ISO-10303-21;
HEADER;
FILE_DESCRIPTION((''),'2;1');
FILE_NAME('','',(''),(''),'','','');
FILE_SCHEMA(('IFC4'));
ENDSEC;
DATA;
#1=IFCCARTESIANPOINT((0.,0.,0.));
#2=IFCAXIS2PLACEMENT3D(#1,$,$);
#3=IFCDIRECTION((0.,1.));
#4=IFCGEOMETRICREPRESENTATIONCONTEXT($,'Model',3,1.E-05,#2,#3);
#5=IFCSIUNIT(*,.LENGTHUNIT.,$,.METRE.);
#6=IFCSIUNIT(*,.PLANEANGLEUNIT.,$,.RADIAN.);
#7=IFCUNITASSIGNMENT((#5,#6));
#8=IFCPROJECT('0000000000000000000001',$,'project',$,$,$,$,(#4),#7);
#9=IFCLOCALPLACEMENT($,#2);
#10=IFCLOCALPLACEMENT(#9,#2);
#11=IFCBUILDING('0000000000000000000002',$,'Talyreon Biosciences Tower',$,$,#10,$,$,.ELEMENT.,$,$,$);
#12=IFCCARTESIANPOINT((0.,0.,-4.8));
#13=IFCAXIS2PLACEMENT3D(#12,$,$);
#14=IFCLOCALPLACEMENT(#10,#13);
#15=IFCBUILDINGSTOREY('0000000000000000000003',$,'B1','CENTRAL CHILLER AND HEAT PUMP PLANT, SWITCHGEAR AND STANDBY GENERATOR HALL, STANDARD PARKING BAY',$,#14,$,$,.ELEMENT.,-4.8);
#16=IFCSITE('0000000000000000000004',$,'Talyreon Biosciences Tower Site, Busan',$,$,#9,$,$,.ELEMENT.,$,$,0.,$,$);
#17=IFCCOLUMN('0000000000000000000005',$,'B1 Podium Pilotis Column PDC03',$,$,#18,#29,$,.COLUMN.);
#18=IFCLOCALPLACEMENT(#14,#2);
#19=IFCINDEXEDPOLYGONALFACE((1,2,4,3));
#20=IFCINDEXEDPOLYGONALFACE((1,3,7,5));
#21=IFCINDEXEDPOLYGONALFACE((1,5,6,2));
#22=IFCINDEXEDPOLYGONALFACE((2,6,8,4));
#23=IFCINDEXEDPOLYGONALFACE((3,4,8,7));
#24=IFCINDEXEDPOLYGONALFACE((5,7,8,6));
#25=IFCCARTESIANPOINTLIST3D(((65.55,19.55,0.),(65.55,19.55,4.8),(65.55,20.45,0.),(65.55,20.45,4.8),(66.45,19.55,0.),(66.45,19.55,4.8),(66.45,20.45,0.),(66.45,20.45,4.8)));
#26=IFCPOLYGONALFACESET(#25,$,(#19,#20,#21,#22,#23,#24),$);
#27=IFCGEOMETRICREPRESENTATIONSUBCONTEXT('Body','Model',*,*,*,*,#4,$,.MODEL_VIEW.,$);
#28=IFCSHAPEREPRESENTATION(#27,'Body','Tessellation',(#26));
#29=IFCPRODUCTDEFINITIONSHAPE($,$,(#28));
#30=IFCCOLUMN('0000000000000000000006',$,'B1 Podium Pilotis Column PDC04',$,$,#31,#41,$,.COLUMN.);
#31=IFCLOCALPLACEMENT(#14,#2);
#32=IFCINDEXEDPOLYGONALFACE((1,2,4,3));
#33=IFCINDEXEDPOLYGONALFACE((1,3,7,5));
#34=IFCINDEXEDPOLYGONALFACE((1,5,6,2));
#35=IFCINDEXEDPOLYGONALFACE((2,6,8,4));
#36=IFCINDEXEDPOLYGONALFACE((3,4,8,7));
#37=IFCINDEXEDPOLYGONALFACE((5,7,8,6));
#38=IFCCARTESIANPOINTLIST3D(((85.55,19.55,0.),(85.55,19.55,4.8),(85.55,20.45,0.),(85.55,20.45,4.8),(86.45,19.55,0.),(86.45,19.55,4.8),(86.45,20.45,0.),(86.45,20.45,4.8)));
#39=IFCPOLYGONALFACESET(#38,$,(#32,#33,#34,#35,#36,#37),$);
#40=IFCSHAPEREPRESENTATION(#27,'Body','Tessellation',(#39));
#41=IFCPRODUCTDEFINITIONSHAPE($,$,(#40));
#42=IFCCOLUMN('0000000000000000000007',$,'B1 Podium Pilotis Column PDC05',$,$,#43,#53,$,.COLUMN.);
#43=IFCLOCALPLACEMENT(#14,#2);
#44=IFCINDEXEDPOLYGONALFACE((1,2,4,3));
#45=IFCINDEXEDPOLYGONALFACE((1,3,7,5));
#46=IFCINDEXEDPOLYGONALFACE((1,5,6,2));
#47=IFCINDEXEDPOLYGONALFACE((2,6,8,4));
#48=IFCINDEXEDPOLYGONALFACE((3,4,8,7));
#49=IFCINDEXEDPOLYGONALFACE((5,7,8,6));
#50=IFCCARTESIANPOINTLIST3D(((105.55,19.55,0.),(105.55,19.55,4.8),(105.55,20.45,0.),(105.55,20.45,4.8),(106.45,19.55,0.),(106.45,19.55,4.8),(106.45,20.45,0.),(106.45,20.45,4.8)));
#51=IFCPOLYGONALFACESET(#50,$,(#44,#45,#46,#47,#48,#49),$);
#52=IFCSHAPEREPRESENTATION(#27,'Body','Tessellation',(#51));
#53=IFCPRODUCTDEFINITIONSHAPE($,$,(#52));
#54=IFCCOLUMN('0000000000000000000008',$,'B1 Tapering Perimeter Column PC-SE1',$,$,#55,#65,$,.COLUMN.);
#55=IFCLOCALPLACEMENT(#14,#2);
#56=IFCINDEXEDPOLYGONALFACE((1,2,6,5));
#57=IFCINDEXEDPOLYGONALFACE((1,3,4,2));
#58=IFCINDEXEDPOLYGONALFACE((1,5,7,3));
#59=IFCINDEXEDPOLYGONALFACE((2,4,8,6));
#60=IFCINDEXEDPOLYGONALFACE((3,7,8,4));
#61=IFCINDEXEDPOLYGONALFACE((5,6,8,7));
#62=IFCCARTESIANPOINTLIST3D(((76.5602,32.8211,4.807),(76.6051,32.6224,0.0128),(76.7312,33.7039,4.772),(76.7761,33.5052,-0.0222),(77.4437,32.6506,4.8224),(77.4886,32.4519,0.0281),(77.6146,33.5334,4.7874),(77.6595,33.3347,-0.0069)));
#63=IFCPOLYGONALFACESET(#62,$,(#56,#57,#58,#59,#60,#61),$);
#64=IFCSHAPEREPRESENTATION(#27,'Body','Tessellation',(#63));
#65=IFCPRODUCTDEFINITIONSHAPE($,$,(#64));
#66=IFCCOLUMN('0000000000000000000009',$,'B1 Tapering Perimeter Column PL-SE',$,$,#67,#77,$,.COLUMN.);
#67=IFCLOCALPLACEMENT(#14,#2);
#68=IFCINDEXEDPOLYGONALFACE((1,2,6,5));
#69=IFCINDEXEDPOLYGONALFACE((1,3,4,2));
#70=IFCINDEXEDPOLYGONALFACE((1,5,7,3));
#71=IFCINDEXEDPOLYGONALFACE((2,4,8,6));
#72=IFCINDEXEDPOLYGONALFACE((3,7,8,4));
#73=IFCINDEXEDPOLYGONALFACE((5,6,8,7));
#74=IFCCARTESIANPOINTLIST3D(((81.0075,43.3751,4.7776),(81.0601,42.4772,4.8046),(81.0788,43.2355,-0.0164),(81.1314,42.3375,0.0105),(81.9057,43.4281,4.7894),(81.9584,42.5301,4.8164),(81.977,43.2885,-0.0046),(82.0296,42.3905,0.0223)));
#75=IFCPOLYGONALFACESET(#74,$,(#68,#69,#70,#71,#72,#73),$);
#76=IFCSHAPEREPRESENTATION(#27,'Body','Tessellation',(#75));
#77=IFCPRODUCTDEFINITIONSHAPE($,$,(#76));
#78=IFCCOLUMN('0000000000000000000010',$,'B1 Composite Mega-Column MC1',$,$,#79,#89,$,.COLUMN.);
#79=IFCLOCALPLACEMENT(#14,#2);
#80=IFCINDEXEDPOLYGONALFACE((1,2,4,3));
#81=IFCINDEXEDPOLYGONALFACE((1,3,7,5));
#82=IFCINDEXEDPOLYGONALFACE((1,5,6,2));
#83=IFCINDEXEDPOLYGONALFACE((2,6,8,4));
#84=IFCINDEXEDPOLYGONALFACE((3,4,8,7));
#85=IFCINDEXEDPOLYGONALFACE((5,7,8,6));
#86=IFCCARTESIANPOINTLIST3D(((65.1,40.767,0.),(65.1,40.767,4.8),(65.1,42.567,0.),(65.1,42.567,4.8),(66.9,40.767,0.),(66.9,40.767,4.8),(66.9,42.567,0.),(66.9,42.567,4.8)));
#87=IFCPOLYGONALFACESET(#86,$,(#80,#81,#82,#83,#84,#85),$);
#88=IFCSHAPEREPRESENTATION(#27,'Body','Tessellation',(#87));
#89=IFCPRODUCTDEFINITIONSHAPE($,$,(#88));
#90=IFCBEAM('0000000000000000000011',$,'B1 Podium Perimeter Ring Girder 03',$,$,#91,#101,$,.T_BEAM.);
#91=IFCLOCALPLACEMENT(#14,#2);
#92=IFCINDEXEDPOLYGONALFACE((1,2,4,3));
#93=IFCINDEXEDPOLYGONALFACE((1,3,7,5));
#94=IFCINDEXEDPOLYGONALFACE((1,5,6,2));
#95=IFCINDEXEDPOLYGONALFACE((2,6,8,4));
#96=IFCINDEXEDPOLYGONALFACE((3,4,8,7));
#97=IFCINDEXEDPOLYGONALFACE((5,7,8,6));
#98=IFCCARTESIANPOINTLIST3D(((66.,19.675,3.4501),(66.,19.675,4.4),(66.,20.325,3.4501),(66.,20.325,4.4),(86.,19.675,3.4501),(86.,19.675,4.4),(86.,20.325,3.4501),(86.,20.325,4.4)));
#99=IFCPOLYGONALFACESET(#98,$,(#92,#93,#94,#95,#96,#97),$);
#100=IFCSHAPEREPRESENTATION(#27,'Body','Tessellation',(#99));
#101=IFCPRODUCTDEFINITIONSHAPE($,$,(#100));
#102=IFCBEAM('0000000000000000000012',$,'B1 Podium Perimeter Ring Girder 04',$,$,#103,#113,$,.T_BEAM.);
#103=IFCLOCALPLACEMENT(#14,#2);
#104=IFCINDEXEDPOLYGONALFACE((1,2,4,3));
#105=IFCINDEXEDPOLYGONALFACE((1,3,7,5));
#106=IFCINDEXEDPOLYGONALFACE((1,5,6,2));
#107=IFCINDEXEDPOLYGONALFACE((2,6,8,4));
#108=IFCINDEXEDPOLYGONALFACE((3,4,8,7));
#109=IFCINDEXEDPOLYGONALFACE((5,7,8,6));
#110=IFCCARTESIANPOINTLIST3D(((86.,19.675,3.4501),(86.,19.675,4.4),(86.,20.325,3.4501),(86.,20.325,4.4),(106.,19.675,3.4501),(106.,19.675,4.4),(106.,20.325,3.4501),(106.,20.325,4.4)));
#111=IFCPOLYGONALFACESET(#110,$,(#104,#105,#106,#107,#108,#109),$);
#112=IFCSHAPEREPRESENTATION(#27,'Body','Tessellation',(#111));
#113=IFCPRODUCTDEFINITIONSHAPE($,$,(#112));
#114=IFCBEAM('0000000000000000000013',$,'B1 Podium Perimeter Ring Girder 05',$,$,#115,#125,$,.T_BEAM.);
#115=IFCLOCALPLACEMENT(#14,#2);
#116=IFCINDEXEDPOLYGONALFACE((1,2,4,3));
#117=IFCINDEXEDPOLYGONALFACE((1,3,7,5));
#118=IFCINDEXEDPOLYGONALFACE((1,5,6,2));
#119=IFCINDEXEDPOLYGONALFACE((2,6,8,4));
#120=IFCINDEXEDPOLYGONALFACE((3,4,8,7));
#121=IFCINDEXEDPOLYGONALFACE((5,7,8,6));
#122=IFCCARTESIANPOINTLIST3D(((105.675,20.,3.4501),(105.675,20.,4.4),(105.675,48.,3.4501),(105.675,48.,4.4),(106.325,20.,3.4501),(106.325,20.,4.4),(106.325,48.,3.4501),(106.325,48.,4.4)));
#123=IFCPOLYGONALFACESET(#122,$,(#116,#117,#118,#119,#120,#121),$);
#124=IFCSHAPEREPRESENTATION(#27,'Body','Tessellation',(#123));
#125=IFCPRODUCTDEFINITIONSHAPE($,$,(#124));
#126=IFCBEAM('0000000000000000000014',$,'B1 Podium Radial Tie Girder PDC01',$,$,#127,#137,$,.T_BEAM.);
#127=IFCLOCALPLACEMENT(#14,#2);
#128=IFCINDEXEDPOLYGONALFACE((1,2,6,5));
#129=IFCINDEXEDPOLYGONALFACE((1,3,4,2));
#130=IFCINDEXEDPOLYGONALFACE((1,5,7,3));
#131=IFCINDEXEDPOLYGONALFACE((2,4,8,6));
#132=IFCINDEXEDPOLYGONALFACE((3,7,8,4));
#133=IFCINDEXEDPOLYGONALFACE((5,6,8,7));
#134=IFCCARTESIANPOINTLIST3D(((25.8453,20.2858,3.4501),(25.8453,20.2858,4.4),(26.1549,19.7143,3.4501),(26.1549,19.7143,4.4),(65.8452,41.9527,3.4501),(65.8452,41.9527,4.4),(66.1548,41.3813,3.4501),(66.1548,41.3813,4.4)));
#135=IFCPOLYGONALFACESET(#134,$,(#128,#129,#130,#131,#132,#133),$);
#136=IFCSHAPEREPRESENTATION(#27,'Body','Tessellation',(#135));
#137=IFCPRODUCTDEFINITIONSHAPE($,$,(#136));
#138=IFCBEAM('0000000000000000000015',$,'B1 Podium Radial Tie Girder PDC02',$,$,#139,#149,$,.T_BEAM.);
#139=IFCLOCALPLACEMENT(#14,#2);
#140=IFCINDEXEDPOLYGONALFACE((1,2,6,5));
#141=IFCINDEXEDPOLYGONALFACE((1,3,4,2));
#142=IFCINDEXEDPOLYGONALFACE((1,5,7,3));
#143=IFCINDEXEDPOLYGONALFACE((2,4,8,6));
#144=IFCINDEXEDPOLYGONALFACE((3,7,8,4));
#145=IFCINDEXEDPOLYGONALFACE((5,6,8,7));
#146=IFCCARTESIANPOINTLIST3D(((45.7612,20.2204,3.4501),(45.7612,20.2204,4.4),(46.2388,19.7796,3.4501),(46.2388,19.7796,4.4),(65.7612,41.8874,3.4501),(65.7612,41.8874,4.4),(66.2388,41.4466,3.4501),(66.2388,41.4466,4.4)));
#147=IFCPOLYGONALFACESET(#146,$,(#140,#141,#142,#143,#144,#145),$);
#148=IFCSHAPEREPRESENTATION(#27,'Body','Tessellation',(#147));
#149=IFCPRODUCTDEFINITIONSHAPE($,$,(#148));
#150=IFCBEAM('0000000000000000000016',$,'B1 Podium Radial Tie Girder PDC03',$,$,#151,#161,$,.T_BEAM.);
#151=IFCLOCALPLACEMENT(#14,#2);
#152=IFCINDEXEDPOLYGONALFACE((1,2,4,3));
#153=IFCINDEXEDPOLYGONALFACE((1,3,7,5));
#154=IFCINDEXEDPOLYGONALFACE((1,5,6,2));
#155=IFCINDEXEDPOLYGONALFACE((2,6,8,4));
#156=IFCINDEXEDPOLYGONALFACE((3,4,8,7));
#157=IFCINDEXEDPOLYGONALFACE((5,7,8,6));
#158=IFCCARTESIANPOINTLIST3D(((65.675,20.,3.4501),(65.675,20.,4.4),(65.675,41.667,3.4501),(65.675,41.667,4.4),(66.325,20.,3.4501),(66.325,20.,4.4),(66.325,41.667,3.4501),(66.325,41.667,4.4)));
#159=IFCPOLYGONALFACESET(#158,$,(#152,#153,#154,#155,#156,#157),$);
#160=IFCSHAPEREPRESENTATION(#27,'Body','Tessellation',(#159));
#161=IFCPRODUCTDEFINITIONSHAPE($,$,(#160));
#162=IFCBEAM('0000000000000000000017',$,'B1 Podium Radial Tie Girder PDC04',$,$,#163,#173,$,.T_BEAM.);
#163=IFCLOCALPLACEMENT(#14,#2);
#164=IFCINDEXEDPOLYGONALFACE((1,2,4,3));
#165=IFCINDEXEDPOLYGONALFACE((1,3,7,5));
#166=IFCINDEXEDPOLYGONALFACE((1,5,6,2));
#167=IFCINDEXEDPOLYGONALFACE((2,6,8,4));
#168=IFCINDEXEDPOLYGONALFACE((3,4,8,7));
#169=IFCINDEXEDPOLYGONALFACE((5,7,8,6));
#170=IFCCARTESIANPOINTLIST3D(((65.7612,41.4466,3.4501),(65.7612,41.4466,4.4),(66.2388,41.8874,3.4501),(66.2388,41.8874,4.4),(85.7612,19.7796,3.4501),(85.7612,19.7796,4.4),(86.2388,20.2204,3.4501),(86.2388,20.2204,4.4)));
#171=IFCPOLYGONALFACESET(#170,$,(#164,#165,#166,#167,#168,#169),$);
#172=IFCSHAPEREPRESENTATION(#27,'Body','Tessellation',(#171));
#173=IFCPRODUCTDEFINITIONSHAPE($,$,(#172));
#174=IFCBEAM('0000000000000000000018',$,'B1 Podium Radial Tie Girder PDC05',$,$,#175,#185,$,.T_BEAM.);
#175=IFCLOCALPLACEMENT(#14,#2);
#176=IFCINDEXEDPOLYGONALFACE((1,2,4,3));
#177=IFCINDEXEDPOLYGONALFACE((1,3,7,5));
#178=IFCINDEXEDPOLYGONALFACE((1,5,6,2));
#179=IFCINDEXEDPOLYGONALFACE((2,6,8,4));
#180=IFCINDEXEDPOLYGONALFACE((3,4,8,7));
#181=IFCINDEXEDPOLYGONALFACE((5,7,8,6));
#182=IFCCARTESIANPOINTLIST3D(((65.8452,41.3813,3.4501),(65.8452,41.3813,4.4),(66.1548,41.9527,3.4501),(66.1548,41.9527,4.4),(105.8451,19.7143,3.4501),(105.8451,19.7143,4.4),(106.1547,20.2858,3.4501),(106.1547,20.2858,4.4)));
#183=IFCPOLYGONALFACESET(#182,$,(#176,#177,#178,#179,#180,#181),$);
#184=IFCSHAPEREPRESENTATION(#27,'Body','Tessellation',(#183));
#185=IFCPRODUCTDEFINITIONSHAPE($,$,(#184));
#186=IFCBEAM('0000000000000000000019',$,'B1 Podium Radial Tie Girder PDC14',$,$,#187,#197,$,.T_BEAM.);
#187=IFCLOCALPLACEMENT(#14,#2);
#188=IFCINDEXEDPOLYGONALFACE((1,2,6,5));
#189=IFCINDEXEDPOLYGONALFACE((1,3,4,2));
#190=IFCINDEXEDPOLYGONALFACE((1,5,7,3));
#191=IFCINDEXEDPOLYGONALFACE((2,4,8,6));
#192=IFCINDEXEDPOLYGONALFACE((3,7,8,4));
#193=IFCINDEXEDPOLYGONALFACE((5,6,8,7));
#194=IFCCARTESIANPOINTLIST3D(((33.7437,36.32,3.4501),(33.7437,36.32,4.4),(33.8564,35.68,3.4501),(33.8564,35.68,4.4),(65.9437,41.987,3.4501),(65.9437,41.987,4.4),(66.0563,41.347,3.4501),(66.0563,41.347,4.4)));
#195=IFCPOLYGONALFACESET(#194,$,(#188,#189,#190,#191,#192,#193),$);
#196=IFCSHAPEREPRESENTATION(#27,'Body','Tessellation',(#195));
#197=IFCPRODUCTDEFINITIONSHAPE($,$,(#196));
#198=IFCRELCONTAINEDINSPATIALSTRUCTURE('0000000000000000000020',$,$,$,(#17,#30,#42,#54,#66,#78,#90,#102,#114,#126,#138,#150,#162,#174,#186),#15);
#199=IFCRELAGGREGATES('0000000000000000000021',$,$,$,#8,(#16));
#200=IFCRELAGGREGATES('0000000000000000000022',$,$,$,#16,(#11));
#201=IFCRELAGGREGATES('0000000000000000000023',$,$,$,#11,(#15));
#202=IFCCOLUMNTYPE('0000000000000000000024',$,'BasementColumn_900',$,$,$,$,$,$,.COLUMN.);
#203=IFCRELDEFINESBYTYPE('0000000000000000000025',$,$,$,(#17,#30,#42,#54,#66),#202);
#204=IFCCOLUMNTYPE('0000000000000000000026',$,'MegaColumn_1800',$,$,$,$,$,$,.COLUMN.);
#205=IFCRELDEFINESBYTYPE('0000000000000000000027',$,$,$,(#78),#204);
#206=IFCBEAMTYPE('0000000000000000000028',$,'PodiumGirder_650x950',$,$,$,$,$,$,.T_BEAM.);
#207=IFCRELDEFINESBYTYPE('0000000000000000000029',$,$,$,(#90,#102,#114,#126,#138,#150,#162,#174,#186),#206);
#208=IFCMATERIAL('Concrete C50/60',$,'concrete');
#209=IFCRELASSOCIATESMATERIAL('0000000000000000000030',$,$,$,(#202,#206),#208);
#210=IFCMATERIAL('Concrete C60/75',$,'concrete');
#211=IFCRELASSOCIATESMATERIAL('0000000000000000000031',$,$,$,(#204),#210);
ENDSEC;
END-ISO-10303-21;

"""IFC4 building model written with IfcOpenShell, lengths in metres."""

from ifc_helpers import new_model, si_unit, direction, frame, origin, origin_2d, place, context, subcontext, project, spatial, rectangle, extrude, material, material_profile, profile_set, type_object, element, save


model = new_model("IFC4")

# Units and contexts
model_context = context("Model", 3, precision=1e-05, world=origin(), true_north=direction((0.0, 1.0)))
body_context = subcontext(model_context, "Body", "Model", "MODEL_VIEW")
ifc_project = project(units=[si_unit("LENGTHUNIT", "METRE"), si_unit("PLANEANGLEUNIT", "RADIAN")], contexts=[model_context])

# Site, building, storey
site_placement = place(None, origin())
site = spatial("IfcSite", under=ifc_project, at=site_placement, Name="Talyreon Biosciences Tower Site, Busan", CompositionType="ELEMENT", RefElevation=0.0)
building_placement = place(site_placement, origin())
building = spatial("IfcBuilding", under=site, at=building_placement, Name="Talyreon Biosciences Tower", CompositionType="ELEMENT")
storey_placement = place(building_placement, frame((0.0, 0.0, -4.8)))
storey = spatial("IfcBuildingStorey", under=building, at=storey_placement, Name="B1", Description="CENTRAL CHILLER AND HEAT PUMP PLANT, SWITCHGEAR AND STANDBY GENERATOR HALL, STANDARD PARKING BAY", CompositionType="ELEMENT", Elevation=-4.8)

# Columns
ifc_material_1 = material(Name="Concrete C50/60", Category="concrete")
ifc_material_profile_1 = material_profile(ifc_material_1, rectangle(XDim=0.8999, YDim=0.8999, at=origin_2d()), Name="RC 900x900")
ifc_profile_set_1 = profile_set([ifc_material_profile_1], Name="Concrete C50/60")
column_type_1 = type_object("IfcColumnType", Name="BasementColumn_900", PredefinedType="COLUMN", material=ifc_profile_set_1)
for number, where, z_axis, x_axis, name in (
    (1, (66.0, 20.0, 0.0), (0.0, 0.0, 1.0), (1.0, 0.0, 0.0), "B1 Podium Pilotis Column PDC03"),
    (2, (86.0, 20.0, 0.0), (0.0, 0.0, 1.0), (1.0, 0.0, 0.0), "B1 Podium Pilotis Column PDC04"),
    (3, (106.0, 20.0, 0.0), (0.0, 0.0, 1.0), (1.0, 0.0, 0.0), "B1 Podium Pilotis Column PDC05"),
):
    element("IfcColumn", number, at=place(storey_placement, frame(where, z_axis=z_axis, x_axis=x_axis)), inside=storey, type_object=column_type_1, Name=name, PredefinedType="COLUMN", context=body_context, shape_type="SweptSolid", body=[
        extrude(rectangle(XDim=0.8999, YDim=0.8999, at=origin_2d()), origin(), (0.0, 0.0, 1.0), 4.8),
    ])
column_1_placement = place(storey_placement, frame((77.1323, 32.9785, 0.0029), z_axis=(-0.009362, 0.041415, 0.999098), x_axis=(-0.189992, -0.981015, 0.038885)))
element("IfcColumn", 4, at=column_1_placement, inside=storey, type_object=column_type_1, Name="B1 Tapering Perimeter Column PC-SE1", PredefinedType="COLUMN", context=body_context, shape_type="SweptSolid", body=[
    extrude(rectangle(XDim=0.8999, YDim=0.8999, at=origin_2d()), origin(), (0.0, 0.0, 1.0), 4.7986),
])
column_2_placement = place(storey_placement, frame((81.5542, 42.813, 0.0029), z_axis=(-0.014862, 0.029113, 0.999466), x_axis=(0.058471, -0.99784, 0.029935)))
element("IfcColumn", 5, at=column_2_placement, inside=storey, type_object=column_type_1, Name="B1 Tapering Perimeter Column PL-SE", PredefinedType="COLUMN", context=body_context, shape_type="SweptSolid", body=[
    extrude(rectangle(XDim=0.8999, YDim=0.8999, at=origin_2d()), origin(), (0.0, 0.0, 1.0), 4.7966),
])
ifc_material_2 = material(Name="Concrete C60/75", Category="concrete")
ifc_material_profile_2 = material_profile(ifc_material_2, rectangle(XDim=1.8, YDim=1.8, at=origin_2d()), Name="RC 1800x1800")
ifc_profile_set_2 = profile_set([ifc_material_profile_2], Name="Concrete C60/75")
column_type_2 = type_object("IfcColumnType", Name="MegaColumn_1800", PredefinedType="COLUMN", material=ifc_profile_set_2)
column_3_placement = place(storey_placement, frame((66.0, 41.667, 0.0), z_axis=(0.0, 0.0, 1.0), x_axis=(1.0, 0.0, 0.0)))
element("IfcColumn", 6, at=column_3_placement, inside=storey, type_object=column_type_2, Name="B1 Composite Mega-Column MC1", PredefinedType="COLUMN", context=body_context, shape_type="SweptSolid", body=[
    extrude(rectangle(XDim=1.8, YDim=1.8, at=origin_2d()), origin(), (0.0, 0.0, 1.0), 4.8),
])

# Beams
ifc_material_profile_3 = material_profile(ifc_material_1, rectangle(XDim=0.6499, YDim=0.95, at=origin_2d()), Name="RCB 650x950")
ifc_profile_set_3 = profile_set([ifc_material_profile_3], Name="Concrete C50/60")
beam_type_1 = type_object("IfcBeamType", Name="PodiumGirder_650x950", PredefinedType="T_BEAM", material=ifc_profile_set_3)
for number, where, z_axis, x_axis, name in (
    (7, (66.0, 20.0, 3.925), (1.0, 0.0, 0.0), (0.0, 1.0, 0.0), "B1 Podium Perimeter Ring Girder 03"),
    (8, (86.0, 20.0, 3.925), (1.0, 0.0, 0.0), (0.0, 1.0, 0.0), "B1 Podium Perimeter Ring Girder 04"),
):
    element("IfcBeam", number, at=place(storey_placement, frame(where, z_axis=z_axis, x_axis=x_axis)), inside=storey, type_object=beam_type_1, Name=name, PredefinedType="T_BEAM", context=body_context, shape_type="SweptSolid", body=[
        extrude(rectangle(XDim=0.6499, YDim=0.95, at=origin_2d()), origin(), (0.0, 0.0, 1.0), 20.0),
    ])
beam_1_placement = place(storey_placement, frame((106.0, 20.0, 3.925), z_axis=(0.0, 1.0, 0.0), x_axis=(-1.0, 0.0, 0.0)))
element("IfcBeam", 9, at=beam_1_placement, inside=storey, type_object=beam_type_1, Name="B1 Podium Perimeter Ring Girder 05", PredefinedType="T_BEAM", context=body_context, shape_type="SweptSolid", body=[
    extrude(rectangle(XDim=0.6499, YDim=0.95, at=origin_2d()), origin(), (0.0, 0.0, 1.0), 28.0),
])
beam_2_placement = place(storey_placement, frame((66.0, 41.667, 3.925), z_axis=(-0.879289, -0.476289, 0.0), x_axis=(0.476289, -0.879289, 0.0)))
element("IfcBeam", 10, at=beam_2_placement, inside=storey, type_object=beam_type_1, Name="B1 Podium Radial Tie Girder PDC01", PredefinedType="T_BEAM", context=body_context, shape_type="SweptSolid", body=[
    extrude(rectangle(XDim=0.6499, YDim=0.95, at=origin_2d()), origin(), (0.0, 0.0, 1.0), 45.4912),
])
beam_3_placement = place(storey_placement, frame((66.0, 41.667, 3.925), z_axis=(-0.678275, -0.734809, 0.0), x_axis=(0.734809, -0.678275, 0.0)))
element("IfcBeam", 11, at=beam_3_placement, inside=storey, type_object=beam_type_1, Name="B1 Podium Radial Tie Girder PDC02", PredefinedType="T_BEAM", context=body_context, shape_type="SweptSolid", body=[
    extrude(rectangle(XDim=0.6499, YDim=0.95, at=origin_2d()), origin(), (0.0, 0.0, 1.0), 29.4866),
])
beam_4_placement = place(storey_placement, frame((66.0, 41.667, 3.925), z_axis=(0.0, -1.0, 0.0), x_axis=(1.0, 0.0, 0.0)))
element("IfcBeam", 12, at=beam_4_placement, inside=storey, type_object=beam_type_1, Name="B1 Podium Radial Tie Girder PDC03", PredefinedType="T_BEAM", context=body_context, shape_type="SweptSolid", body=[
    extrude(rectangle(XDim=0.6499, YDim=0.95, at=origin_2d()), origin(), (0.0, 0.0, 1.0), 21.667),
])
beam_5_placement = place(storey_placement, frame((66.0, 41.667, 3.925), z_axis=(0.678275, -0.734809, 0.0), x_axis=(0.734809, 0.678275, 0.0)))
element("IfcBeam", 13, at=beam_5_placement, inside=storey, type_object=beam_type_1, Name="B1 Podium Radial Tie Girder PDC04", PredefinedType="T_BEAM", context=body_context, shape_type="SweptSolid", body=[
    extrude(rectangle(XDim=0.6499, YDim=0.95, at=origin_2d()), origin(), (0.0, 0.0, 1.0), 29.4866),
])
beam_6_placement = place(storey_placement, frame((66.0, 41.667, 3.925), z_axis=(0.879289, -0.476289, 0.0), x_axis=(0.476289, 0.879289, 0.0)))
element("IfcBeam", 14, at=beam_6_placement, inside=storey, type_object=beam_type_1, Name="B1 Podium Radial Tie Girder PDC05", PredefinedType="T_BEAM", context=body_context, shape_type="SweptSolid", body=[
    extrude(rectangle(XDim=0.6499, YDim=0.95, at=origin_2d()), origin(), (0.0, 0.0, 1.0), 45.4912),
])
beam_7_placement = place(storey_placement, frame((66.0, 41.667, 3.925), z_axis=(-0.984864, -0.17333, 0.0), x_axis=(0.17333, -0.984864, 0.0)))
element("IfcBeam", 15, at=beam_7_placement, inside=storey, type_object=beam_type_1, Name="B1 Podium Radial Tie Girder PDC14", PredefinedType="T_BEAM", context=body_context, shape_type="SweptSolid", body=[
    extrude(rectangle(XDim=0.6499, YDim=0.95, at=origin_2d()), origin(), (0.0, 0.0, 1.0), 32.6948),
])

save(model, "model.ifc")
